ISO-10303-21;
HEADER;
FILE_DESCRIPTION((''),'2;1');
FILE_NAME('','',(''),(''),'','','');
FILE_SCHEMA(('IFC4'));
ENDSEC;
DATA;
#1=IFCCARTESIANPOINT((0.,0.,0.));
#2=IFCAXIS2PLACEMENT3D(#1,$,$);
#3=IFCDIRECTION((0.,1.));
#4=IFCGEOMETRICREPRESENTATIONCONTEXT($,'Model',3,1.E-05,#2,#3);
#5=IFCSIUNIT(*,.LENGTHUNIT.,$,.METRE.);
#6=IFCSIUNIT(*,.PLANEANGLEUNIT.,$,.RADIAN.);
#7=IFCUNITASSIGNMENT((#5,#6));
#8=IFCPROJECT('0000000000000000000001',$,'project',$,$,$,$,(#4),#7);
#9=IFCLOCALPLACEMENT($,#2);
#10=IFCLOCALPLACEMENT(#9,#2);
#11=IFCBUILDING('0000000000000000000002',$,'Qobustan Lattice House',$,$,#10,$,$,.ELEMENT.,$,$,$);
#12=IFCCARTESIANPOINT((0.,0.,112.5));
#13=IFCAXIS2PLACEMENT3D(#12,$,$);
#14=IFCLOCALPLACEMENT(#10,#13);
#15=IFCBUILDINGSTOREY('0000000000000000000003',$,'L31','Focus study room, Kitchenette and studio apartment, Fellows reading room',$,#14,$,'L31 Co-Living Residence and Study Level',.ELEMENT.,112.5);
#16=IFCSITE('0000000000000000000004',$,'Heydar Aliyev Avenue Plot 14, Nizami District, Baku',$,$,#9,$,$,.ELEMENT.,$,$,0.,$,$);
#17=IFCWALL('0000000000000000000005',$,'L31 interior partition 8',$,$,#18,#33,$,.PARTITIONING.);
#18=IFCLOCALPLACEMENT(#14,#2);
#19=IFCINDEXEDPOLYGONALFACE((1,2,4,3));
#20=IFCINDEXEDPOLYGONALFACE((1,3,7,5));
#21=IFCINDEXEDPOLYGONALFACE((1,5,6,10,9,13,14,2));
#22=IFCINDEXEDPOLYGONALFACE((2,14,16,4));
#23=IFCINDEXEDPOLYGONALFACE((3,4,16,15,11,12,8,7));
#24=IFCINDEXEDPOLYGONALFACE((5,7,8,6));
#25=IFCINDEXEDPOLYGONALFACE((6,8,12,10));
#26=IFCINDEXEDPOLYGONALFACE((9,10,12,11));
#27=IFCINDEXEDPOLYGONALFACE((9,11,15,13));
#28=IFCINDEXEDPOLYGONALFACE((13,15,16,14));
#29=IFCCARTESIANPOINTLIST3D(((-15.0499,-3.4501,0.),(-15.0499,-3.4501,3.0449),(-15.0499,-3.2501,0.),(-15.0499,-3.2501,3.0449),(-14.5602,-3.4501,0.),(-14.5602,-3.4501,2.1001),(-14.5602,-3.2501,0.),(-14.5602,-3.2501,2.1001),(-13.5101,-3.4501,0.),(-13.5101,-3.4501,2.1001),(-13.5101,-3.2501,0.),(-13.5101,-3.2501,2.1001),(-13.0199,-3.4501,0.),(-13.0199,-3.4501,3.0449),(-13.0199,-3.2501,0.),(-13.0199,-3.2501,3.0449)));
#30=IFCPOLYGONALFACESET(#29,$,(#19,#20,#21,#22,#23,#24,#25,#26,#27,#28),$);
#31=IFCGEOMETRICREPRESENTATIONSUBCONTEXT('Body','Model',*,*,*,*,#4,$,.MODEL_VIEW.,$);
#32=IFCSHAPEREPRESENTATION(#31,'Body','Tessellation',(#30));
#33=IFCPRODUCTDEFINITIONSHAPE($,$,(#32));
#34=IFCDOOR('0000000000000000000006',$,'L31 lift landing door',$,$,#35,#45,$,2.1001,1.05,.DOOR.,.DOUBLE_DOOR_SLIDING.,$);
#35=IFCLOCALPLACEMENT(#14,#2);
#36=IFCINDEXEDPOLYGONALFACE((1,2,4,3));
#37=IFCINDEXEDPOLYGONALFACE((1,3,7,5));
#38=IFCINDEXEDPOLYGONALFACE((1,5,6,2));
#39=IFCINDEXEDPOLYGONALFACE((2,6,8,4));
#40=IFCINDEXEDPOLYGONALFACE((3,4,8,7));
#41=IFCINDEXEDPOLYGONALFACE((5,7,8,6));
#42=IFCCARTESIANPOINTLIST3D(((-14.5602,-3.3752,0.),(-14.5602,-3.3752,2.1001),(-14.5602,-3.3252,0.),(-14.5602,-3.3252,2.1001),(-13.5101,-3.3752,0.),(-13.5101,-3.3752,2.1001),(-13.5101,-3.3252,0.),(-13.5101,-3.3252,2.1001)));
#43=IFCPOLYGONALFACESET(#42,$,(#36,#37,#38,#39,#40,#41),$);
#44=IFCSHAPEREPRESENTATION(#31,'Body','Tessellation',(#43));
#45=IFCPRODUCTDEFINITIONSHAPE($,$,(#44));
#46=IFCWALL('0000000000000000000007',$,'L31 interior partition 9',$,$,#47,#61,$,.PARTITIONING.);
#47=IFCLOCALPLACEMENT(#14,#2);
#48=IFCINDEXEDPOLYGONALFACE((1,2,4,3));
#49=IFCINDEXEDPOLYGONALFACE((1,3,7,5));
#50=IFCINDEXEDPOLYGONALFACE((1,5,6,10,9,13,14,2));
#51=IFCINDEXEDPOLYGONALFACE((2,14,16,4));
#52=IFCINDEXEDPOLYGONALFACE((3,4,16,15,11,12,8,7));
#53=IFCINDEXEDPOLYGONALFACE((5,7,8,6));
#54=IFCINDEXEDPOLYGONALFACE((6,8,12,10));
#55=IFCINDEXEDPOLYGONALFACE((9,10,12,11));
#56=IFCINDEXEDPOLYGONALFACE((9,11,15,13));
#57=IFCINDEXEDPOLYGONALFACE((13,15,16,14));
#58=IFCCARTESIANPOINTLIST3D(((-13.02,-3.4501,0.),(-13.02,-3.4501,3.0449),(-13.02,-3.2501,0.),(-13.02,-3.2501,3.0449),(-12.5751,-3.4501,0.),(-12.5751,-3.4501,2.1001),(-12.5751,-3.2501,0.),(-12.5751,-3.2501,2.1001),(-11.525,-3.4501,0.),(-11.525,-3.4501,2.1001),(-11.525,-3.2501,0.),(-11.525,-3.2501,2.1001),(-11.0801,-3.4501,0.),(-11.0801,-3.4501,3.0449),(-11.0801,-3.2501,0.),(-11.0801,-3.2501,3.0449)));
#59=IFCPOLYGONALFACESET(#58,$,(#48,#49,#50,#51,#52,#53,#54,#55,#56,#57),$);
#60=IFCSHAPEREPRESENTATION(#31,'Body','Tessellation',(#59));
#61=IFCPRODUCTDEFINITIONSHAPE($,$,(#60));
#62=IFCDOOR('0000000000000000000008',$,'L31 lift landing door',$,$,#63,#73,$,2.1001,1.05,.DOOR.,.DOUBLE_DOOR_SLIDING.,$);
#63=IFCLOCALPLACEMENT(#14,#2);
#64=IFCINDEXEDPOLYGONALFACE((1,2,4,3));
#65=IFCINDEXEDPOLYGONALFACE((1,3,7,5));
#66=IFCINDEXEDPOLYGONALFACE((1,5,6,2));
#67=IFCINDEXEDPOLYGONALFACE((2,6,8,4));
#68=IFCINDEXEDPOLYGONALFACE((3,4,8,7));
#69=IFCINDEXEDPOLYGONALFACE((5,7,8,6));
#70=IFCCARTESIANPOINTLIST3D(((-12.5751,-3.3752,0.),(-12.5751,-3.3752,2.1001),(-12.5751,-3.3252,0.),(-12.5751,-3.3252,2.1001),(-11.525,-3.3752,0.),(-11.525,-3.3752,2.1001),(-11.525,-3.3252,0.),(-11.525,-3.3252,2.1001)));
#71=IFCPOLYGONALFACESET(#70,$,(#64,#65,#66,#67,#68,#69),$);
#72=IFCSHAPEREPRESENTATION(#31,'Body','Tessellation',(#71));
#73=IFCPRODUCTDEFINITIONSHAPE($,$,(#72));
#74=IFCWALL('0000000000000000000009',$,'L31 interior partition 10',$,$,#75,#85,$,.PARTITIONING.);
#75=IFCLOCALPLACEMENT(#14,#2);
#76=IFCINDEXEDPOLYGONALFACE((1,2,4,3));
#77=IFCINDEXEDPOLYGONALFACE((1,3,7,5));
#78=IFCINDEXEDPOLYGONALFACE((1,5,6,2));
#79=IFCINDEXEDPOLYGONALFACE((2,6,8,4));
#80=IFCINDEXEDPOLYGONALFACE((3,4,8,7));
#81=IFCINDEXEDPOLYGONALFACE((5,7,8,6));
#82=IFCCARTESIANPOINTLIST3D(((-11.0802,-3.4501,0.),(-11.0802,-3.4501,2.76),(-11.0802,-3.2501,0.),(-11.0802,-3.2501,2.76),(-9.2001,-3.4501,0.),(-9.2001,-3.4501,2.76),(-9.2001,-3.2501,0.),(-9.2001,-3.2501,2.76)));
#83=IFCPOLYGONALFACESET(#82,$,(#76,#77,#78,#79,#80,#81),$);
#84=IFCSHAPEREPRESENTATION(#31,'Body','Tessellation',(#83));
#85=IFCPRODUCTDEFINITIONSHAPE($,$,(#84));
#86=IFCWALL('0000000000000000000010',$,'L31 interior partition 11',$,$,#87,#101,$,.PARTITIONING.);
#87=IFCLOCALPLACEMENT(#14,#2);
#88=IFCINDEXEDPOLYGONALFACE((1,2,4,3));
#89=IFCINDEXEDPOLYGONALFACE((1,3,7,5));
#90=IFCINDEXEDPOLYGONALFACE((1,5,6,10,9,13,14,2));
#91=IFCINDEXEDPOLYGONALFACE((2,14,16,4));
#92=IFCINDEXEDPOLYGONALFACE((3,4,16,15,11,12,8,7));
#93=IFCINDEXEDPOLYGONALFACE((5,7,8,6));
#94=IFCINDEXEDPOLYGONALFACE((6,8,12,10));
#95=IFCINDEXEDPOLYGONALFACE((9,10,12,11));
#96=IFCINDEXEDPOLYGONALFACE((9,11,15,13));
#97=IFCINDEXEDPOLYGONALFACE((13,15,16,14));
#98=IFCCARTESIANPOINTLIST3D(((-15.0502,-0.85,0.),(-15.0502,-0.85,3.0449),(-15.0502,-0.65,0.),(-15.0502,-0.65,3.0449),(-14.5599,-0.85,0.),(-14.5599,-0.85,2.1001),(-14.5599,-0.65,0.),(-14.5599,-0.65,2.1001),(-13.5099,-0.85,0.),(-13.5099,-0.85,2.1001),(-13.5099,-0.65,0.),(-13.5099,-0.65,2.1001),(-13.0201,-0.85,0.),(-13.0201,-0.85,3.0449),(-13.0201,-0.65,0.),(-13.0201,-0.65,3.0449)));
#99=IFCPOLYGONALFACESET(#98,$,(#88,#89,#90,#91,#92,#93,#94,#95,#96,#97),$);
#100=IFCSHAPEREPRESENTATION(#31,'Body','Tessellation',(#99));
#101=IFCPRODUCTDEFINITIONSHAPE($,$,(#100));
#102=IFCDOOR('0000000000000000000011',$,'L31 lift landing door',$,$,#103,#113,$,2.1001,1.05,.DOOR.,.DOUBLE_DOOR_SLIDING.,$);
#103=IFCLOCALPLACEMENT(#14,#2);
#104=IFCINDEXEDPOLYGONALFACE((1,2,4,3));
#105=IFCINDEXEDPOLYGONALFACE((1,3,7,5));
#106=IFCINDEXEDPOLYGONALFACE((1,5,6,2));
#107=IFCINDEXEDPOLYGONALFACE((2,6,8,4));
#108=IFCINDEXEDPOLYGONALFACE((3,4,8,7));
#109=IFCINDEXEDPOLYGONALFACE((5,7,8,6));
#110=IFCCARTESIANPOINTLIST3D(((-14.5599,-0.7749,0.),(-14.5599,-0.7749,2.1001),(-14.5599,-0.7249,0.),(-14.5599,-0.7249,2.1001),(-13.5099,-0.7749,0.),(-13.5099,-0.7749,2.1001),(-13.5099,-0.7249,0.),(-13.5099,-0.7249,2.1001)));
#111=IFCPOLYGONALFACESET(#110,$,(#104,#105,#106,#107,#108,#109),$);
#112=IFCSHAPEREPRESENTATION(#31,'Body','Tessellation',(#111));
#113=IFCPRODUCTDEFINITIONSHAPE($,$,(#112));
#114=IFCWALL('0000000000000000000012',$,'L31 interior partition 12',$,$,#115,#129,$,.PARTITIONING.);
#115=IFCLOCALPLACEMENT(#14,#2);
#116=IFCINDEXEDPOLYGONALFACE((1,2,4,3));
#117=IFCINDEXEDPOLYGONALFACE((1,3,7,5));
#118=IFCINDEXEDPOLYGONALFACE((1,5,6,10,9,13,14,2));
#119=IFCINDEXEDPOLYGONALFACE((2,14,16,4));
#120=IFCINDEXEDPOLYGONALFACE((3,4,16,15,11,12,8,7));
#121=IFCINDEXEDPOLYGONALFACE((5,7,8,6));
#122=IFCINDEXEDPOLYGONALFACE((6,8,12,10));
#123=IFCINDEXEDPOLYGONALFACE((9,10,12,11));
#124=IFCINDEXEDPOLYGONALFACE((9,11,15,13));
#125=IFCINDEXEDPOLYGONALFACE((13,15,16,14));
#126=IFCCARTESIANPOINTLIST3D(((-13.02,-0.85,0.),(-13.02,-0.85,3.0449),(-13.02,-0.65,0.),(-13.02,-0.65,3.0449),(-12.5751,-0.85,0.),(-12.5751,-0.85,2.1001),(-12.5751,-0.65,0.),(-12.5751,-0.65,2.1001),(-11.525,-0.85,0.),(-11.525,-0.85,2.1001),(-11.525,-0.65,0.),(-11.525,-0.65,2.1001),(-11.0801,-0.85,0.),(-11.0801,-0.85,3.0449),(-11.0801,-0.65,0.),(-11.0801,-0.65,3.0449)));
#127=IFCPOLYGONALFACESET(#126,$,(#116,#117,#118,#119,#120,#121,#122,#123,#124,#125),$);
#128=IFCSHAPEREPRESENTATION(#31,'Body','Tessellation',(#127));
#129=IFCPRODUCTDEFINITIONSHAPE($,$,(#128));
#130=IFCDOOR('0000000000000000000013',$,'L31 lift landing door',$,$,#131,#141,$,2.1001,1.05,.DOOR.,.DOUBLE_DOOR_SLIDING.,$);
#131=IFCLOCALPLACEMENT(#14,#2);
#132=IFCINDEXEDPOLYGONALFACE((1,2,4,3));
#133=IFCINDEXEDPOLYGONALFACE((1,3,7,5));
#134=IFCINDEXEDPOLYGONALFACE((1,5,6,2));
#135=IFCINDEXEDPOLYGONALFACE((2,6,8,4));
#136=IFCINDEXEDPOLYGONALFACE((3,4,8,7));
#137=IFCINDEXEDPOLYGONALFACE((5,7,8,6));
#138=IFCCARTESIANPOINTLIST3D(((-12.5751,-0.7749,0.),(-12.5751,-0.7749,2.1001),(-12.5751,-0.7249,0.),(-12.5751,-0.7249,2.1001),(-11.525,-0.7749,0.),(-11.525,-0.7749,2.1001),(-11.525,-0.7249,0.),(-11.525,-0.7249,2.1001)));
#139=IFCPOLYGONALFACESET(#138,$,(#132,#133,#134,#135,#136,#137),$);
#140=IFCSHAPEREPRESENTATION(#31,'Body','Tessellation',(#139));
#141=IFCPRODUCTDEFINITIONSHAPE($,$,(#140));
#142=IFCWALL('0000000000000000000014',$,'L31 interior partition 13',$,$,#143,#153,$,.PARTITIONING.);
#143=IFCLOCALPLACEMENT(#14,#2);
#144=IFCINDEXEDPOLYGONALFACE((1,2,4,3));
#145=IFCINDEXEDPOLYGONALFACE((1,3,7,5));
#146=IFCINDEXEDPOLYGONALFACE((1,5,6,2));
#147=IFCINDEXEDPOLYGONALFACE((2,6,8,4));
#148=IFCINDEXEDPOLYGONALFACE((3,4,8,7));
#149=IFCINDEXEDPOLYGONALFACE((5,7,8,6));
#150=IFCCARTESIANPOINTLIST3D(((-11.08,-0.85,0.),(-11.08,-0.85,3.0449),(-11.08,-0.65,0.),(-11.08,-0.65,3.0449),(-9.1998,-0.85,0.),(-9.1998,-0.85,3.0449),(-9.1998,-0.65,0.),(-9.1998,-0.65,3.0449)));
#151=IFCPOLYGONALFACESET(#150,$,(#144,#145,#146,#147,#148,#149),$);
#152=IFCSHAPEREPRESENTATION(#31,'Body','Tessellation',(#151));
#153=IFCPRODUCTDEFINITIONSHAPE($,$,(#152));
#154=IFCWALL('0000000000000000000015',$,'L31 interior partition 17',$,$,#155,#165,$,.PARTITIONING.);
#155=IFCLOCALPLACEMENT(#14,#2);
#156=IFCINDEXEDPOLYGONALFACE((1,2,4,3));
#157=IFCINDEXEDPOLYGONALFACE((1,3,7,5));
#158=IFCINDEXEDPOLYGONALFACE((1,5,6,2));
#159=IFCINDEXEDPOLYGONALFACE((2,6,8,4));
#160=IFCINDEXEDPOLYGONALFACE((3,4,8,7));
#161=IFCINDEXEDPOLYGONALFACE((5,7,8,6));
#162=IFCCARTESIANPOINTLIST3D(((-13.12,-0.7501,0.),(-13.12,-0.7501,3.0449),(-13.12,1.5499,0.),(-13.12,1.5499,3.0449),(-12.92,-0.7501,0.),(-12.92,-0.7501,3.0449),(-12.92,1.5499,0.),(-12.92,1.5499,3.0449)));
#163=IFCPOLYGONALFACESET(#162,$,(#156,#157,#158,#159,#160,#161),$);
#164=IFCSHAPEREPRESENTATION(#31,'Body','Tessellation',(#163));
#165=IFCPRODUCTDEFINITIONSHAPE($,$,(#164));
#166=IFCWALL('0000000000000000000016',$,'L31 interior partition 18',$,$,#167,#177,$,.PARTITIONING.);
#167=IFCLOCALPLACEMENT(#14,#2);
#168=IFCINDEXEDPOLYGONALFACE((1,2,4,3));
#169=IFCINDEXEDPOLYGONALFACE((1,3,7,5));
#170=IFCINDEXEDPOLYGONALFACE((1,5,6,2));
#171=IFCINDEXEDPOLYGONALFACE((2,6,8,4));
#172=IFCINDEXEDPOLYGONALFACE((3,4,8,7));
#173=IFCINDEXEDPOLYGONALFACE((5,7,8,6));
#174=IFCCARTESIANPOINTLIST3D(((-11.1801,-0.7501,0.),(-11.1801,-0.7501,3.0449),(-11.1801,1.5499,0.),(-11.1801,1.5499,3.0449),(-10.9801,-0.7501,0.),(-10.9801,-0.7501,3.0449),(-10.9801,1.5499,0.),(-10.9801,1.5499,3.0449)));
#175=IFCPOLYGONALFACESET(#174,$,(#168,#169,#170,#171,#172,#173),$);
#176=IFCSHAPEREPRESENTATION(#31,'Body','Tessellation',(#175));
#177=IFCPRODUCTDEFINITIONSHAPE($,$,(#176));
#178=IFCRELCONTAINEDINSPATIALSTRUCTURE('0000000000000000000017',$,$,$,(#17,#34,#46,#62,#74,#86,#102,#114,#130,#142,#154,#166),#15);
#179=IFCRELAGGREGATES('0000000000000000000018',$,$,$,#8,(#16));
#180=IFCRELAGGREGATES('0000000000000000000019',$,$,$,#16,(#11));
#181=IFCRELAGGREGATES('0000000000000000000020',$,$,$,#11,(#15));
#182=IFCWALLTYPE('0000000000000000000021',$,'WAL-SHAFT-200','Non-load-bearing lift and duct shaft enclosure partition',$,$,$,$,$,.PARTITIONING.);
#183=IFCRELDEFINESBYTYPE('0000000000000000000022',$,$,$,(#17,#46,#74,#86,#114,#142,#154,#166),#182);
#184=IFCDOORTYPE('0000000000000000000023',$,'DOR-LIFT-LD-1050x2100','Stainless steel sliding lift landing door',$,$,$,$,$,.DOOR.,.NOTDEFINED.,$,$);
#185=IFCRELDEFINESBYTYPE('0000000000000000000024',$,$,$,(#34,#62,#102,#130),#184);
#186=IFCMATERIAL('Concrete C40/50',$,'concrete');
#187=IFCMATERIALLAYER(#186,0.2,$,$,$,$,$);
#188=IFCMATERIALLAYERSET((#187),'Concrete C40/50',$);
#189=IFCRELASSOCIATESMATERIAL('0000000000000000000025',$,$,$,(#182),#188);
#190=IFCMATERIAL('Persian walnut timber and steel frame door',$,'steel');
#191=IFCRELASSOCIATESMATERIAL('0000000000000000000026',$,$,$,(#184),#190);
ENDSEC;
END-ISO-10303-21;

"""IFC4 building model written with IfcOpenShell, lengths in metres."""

from ifc_helpers import new_model, si_unit, direction, frame, frame_2d, origin, place, context, subcontext, project, spatial, rectangle, extrude, material, layer, layer_set, type_object, element, fill, save


model = new_model("IFC4")

# Units and contexts
model_context = context("Model", 3, precision=1e-05, world=origin(), true_north=direction((0.0, 1.0)))
body_context = subcontext(model_context, "Body", "Model", "MODEL_VIEW")
ifc_project = project(units=[si_unit("LENGTHUNIT", "METRE"), si_unit("PLANEANGLEUNIT", "RADIAN")], contexts=[model_context])

# Site, building, storey
site_placement = place(None, origin())
site = spatial("IfcSite", under=ifc_project, at=site_placement, Name="Heydar Aliyev Avenue Plot 14, Nizami District, Baku", CompositionType="ELEMENT", RefElevation=0.0)
building_placement = place(site_placement, origin())
building = spatial("IfcBuilding", under=site, at=building_placement, Name="Qobustan Lattice House", CompositionType="ELEMENT")
storey_placement = place(building_placement, frame((0.0, 0.0, 112.5)))
storey = spatial("IfcBuildingStorey", under=building, at=storey_placement, Name="L31", Description="Focus study room, Kitchenette and studio apartment, Fellows reading room", LongName="L31 Co-Living Residence and Study Level", CompositionType="ELEMENT", Elevation=112.5)

# Walls, openings, doors
ifc_material_1 = material(Name="Concrete C40/50", Category="concrete")
ifc_layer_1 = layer(ifc_material_1, 0.2)
ifc_layer_set_1 = layer_set([ifc_layer_1], Name="Concrete C40/50")
wall_type_1 = type_object("IfcWallType", Name="WAL-SHAFT-200", Description="Non-load-bearing lift and duct shaft enclosure partition", PredefinedType="PARTITIONING", material=ifc_layer_set_1)
wall_1_placement = place(storey_placement, frame((-15.05, -3.3501, 0.0), z_axis=(0.0, 0.0, 1.0), x_axis=(1.0, 0.0, 0.0)))
wall_1 = element("IfcWall", 1, at=wall_1_placement, inside=storey, type_object=wall_type_1, Name="L31 interior partition 8", PredefinedType="PARTITIONING", context=body_context, shape_type="SweptSolid", body=[
    extrude(rectangle(XDim=2.03, YDim=0.2, at=frame_2d((1.0151, 0.0))), origin(), (0.0, 0.0, 1.0), 3.0449),
])
opening_1_placement = place(wall_1_placement, frame((0.49, 0.0, 0.0)))
opening_1 = element("IfcOpeningElement", 2, at=opening_1_placement, cuts=wall_1, PredefinedType="OPENING", context=body_context, shape_type="SweptSolid", body=[
    extrude(rectangle(XDim=1.05, YDim=2.1001, at=frame_2d((0.5249, 1.05))), frame((0.0, 0.1099, 0.0), z_axis=(0.0, -1.0, 0.0), x_axis=(1.0, 0.0, 0.0)), (0.0, 0.0, 1.0), 0.22),
])
ifc_material_2 = material(Name="Persian walnut timber and steel frame door", Category="steel")
door_type_1 = type_object("IfcDoorType", Name="DOR-LIFT-LD-1050x2100", Description="Stainless steel sliding lift landing door", OperationType="NOTDEFINED", PredefinedType="DOOR", material=ifc_material_2)
door_1_placement = place(opening_1_placement, origin())
door_1 = element("IfcDoor", 3, at=door_1_placement, inside=storey, type_object=door_type_1, Name="L31 lift landing door", OperationType="DOUBLE_DOOR_SLIDING", OverallHeight=2.1001, OverallWidth=1.05, PredefinedType="DOOR", context=body_context, shape_type="SweptSolid", body=[
    extrude(rectangle(XDim=1.05, YDim=2.1001, at=frame_2d((0.5249, 1.05))), frame((0.0, 0.0249, 0.0), z_axis=(0.0, -1.0, 0.0), x_axis=(1.0, 0.0, 0.0)), (0.0, 0.0, 1.0), 0.05),
])
fill(opening_1, door_1)
wall_2_placement = place(storey_placement, frame((-13.02, -3.3501, 0.0), z_axis=(0.0, 0.0, 1.0), x_axis=(1.0, 0.0, 0.0)))
wall_2 = element("IfcWall", 4, at=wall_2_placement, inside=storey, type_object=wall_type_1, Name="L31 interior partition 9", PredefinedType="PARTITIONING", context=body_context, shape_type="SweptSolid", body=[
    extrude(rectangle(XDim=1.9399, YDim=0.2, at=frame_2d((0.97, 0.0))), origin(), (0.0, 0.0, 1.0), 3.0449),
])
opening_2_placement = place(wall_2_placement, frame((0.4451, 0.0, 0.0)))
opening_2 = element("IfcOpeningElement", 5, at=opening_2_placement, cuts=wall_2, PredefinedType="OPENING", context=body_context, shape_type="SweptSolid", body=[
    extrude(rectangle(XDim=1.05, YDim=2.1001, at=frame_2d((0.5249, 1.05))), frame((0.0, 0.1099, 0.0), z_axis=(0.0, -1.0, 0.0), x_axis=(1.0, 0.0, 0.0)), (0.0, 0.0, 1.0), 0.22),
])
door_2_placement = place(opening_2_placement, origin())
door_2 = element("IfcDoor", 6, at=door_2_placement, inside=storey, type_object=door_type_1, Name="L31 lift landing door", OperationType="DOUBLE_DOOR_SLIDING", OverallHeight=2.1001, OverallWidth=1.05, PredefinedType="DOOR", context=body_context, shape_type="SweptSolid", body=[
    extrude(rectangle(XDim=1.05, YDim=2.1001, at=frame_2d((0.5249, 1.05))), frame((0.0, 0.0249, 0.0), z_axis=(0.0, -1.0, 0.0), x_axis=(1.0, 0.0, 0.0)), (0.0, 0.0, 1.0), 0.05),
])
fill(opening_2, door_2)

# Wall
wall_3_placement = place(storey_placement, frame((-11.0801, -3.3501, 0.0), z_axis=(0.0, 0.0, 1.0), x_axis=(1.0, 0.0, 0.0)))
element("IfcWall", 7, at=wall_3_placement, inside=storey, type_object=wall_type_1, Name="L31 interior partition 10", PredefinedType="PARTITIONING", context=body_context, shape_type="SweptSolid", body=[
    extrude(rectangle(XDim=1.8801, YDim=0.2, at=frame_2d((0.9399, 0.0))), origin(), (0.0, 0.0, 1.0), 2.76),
])

# Walls, openings, doors
wall_4_placement = place(storey_placement, frame((-13.02, -0.75, 0.0), z_axis=(0.0, 0.0, 1.0), x_axis=(-1.0, 0.0, 0.0)))
wall_4 = element("IfcWall", 8, at=wall_4_placement, inside=storey, type_object=wall_type_1, Name="L31 interior partition 11", PredefinedType="PARTITIONING", context=body_context, shape_type="SweptSolid", body=[
    extrude(rectangle(XDim=2.03, YDim=0.2, at=frame_2d((1.0151, 0.0))), origin(), (0.0, 0.0, 1.0), 3.0449),
])
opening_3_placement = place(wall_4_placement, frame((0.49, 0.0, 0.0)))
opening_3 = element("IfcOpeningElement", 9, at=opening_3_placement, cuts=wall_4, PredefinedType="OPENING", context=body_context, shape_type="SweptSolid", body=[
    extrude(rectangle(XDim=1.05, YDim=2.1001, at=frame_2d((0.5249, 1.05))), frame((0.0, 0.1099, 0.0), z_axis=(0.0, -1.0, 0.0), x_axis=(1.0, 0.0, 0.0)), (0.0, 0.0, 1.0), 0.22),
])
door_3_placement = place(opening_3_placement, origin())
door_3 = element("IfcDoor", 10, at=door_3_placement, inside=storey, type_object=door_type_1, Name="L31 lift landing door", OperationType="DOUBLE_DOOR_SLIDING", OverallHeight=2.1001, OverallWidth=1.05, PredefinedType="DOOR", context=body_context, shape_type="SweptSolid", body=[
    extrude(rectangle(XDim=1.05, YDim=2.1001, at=frame_2d((0.5249, 1.05))), frame((0.0, 0.0249, 0.0), z_axis=(0.0, -1.0, 0.0), x_axis=(1.0, 0.0, 0.0)), (0.0, 0.0, 1.0), 0.05),
])
fill(opening_3, door_3)
wall_5_placement = place(storey_placement, frame((-11.0801, -0.75, 0.0), z_axis=(0.0, 0.0, 1.0), x_axis=(-1.0, 0.0, 0.0)))
wall_5 = element("IfcWall", 11, at=wall_5_placement, inside=storey, type_object=wall_type_1, Name="L31 interior partition 12", PredefinedType="PARTITIONING", context=body_context, shape_type="SweptSolid", body=[
    extrude(rectangle(XDim=1.9399, YDim=0.2, at=frame_2d((0.97, 0.0))), origin(), (0.0, 0.0, 1.0), 3.0449),
])
opening_4_placement = place(wall_5_placement, frame((0.4451, 0.0, 0.0)))
opening_4 = element("IfcOpeningElement", 12, at=opening_4_placement, cuts=wall_5, PredefinedType="OPENING", context=body_context, shape_type="SweptSolid", body=[
    extrude(rectangle(XDim=1.05, YDim=2.1001, at=frame_2d((0.5249, 1.05))), frame((0.0, 0.1099, 0.0), z_axis=(0.0, -1.0, 0.0), x_axis=(1.0, 0.0, 0.0)), (0.0, 0.0, 1.0), 0.22),
])
door_4_placement = place(opening_4_placement, origin())
door_4 = element("IfcDoor", 13, at=door_4_placement, inside=storey, type_object=door_type_1, Name="L31 lift landing door", OperationType="DOUBLE_DOOR_SLIDING", OverallHeight=2.1001, OverallWidth=1.05, PredefinedType="DOOR", context=body_context, shape_type="SweptSolid", body=[
    extrude(rectangle(XDim=1.05, YDim=2.1001, at=frame_2d((0.5249, 1.05))), frame((0.0, 0.0249, 0.0), z_axis=(0.0, -1.0, 0.0), x_axis=(1.0, 0.0, 0.0)), (0.0, 0.0, 1.0), 0.05),
])
fill(opening_4, door_4)

# Walls
wall_6_placement = place(storey_placement, frame((-9.2, -0.75, 0.0), z_axis=(0.0, 0.0, 1.0), x_axis=(-1.0, 0.0, 0.0)))
element("IfcWall", 14, at=wall_6_placement, inside=storey, type_object=wall_type_1, Name="L31 interior partition 13", PredefinedType="PARTITIONING", context=body_context, shape_type="SweptSolid", body=[
    extrude(rectangle(XDim=1.8801, YDim=0.2, at=frame_2d((0.9399, 0.0))), origin(), (0.0, 0.0, 1.0), 3.0449),
])
for number, where, z_axis, x_axis, name in (
    (15, (-13.02, -0.75, 0.0), (0.0, 0.0, 1.0), (0.0, 1.0, 0.0), "L31 interior partition 17"),
    (16, (-11.0801, -0.75, 0.0), (0.0, 0.0, 1.0), (0.0, 1.0, 0.0), "L31 interior partition 18"),
):
    element("IfcWall", number, at=place(storey_placement, frame(where, z_axis=z_axis, x_axis=x_axis)), inside=storey, type_object=wall_type_1, Name=name, PredefinedType="PARTITIONING", context=body_context, shape_type="SweptSolid", body=[
        extrude(rectangle(XDim=2.3, YDim=0.2, at=frame_2d((1.1499, 0.0))), origin(), (0.0, 0.0, 1.0), 3.0449),
    ])

save(model, "model.ifc")
